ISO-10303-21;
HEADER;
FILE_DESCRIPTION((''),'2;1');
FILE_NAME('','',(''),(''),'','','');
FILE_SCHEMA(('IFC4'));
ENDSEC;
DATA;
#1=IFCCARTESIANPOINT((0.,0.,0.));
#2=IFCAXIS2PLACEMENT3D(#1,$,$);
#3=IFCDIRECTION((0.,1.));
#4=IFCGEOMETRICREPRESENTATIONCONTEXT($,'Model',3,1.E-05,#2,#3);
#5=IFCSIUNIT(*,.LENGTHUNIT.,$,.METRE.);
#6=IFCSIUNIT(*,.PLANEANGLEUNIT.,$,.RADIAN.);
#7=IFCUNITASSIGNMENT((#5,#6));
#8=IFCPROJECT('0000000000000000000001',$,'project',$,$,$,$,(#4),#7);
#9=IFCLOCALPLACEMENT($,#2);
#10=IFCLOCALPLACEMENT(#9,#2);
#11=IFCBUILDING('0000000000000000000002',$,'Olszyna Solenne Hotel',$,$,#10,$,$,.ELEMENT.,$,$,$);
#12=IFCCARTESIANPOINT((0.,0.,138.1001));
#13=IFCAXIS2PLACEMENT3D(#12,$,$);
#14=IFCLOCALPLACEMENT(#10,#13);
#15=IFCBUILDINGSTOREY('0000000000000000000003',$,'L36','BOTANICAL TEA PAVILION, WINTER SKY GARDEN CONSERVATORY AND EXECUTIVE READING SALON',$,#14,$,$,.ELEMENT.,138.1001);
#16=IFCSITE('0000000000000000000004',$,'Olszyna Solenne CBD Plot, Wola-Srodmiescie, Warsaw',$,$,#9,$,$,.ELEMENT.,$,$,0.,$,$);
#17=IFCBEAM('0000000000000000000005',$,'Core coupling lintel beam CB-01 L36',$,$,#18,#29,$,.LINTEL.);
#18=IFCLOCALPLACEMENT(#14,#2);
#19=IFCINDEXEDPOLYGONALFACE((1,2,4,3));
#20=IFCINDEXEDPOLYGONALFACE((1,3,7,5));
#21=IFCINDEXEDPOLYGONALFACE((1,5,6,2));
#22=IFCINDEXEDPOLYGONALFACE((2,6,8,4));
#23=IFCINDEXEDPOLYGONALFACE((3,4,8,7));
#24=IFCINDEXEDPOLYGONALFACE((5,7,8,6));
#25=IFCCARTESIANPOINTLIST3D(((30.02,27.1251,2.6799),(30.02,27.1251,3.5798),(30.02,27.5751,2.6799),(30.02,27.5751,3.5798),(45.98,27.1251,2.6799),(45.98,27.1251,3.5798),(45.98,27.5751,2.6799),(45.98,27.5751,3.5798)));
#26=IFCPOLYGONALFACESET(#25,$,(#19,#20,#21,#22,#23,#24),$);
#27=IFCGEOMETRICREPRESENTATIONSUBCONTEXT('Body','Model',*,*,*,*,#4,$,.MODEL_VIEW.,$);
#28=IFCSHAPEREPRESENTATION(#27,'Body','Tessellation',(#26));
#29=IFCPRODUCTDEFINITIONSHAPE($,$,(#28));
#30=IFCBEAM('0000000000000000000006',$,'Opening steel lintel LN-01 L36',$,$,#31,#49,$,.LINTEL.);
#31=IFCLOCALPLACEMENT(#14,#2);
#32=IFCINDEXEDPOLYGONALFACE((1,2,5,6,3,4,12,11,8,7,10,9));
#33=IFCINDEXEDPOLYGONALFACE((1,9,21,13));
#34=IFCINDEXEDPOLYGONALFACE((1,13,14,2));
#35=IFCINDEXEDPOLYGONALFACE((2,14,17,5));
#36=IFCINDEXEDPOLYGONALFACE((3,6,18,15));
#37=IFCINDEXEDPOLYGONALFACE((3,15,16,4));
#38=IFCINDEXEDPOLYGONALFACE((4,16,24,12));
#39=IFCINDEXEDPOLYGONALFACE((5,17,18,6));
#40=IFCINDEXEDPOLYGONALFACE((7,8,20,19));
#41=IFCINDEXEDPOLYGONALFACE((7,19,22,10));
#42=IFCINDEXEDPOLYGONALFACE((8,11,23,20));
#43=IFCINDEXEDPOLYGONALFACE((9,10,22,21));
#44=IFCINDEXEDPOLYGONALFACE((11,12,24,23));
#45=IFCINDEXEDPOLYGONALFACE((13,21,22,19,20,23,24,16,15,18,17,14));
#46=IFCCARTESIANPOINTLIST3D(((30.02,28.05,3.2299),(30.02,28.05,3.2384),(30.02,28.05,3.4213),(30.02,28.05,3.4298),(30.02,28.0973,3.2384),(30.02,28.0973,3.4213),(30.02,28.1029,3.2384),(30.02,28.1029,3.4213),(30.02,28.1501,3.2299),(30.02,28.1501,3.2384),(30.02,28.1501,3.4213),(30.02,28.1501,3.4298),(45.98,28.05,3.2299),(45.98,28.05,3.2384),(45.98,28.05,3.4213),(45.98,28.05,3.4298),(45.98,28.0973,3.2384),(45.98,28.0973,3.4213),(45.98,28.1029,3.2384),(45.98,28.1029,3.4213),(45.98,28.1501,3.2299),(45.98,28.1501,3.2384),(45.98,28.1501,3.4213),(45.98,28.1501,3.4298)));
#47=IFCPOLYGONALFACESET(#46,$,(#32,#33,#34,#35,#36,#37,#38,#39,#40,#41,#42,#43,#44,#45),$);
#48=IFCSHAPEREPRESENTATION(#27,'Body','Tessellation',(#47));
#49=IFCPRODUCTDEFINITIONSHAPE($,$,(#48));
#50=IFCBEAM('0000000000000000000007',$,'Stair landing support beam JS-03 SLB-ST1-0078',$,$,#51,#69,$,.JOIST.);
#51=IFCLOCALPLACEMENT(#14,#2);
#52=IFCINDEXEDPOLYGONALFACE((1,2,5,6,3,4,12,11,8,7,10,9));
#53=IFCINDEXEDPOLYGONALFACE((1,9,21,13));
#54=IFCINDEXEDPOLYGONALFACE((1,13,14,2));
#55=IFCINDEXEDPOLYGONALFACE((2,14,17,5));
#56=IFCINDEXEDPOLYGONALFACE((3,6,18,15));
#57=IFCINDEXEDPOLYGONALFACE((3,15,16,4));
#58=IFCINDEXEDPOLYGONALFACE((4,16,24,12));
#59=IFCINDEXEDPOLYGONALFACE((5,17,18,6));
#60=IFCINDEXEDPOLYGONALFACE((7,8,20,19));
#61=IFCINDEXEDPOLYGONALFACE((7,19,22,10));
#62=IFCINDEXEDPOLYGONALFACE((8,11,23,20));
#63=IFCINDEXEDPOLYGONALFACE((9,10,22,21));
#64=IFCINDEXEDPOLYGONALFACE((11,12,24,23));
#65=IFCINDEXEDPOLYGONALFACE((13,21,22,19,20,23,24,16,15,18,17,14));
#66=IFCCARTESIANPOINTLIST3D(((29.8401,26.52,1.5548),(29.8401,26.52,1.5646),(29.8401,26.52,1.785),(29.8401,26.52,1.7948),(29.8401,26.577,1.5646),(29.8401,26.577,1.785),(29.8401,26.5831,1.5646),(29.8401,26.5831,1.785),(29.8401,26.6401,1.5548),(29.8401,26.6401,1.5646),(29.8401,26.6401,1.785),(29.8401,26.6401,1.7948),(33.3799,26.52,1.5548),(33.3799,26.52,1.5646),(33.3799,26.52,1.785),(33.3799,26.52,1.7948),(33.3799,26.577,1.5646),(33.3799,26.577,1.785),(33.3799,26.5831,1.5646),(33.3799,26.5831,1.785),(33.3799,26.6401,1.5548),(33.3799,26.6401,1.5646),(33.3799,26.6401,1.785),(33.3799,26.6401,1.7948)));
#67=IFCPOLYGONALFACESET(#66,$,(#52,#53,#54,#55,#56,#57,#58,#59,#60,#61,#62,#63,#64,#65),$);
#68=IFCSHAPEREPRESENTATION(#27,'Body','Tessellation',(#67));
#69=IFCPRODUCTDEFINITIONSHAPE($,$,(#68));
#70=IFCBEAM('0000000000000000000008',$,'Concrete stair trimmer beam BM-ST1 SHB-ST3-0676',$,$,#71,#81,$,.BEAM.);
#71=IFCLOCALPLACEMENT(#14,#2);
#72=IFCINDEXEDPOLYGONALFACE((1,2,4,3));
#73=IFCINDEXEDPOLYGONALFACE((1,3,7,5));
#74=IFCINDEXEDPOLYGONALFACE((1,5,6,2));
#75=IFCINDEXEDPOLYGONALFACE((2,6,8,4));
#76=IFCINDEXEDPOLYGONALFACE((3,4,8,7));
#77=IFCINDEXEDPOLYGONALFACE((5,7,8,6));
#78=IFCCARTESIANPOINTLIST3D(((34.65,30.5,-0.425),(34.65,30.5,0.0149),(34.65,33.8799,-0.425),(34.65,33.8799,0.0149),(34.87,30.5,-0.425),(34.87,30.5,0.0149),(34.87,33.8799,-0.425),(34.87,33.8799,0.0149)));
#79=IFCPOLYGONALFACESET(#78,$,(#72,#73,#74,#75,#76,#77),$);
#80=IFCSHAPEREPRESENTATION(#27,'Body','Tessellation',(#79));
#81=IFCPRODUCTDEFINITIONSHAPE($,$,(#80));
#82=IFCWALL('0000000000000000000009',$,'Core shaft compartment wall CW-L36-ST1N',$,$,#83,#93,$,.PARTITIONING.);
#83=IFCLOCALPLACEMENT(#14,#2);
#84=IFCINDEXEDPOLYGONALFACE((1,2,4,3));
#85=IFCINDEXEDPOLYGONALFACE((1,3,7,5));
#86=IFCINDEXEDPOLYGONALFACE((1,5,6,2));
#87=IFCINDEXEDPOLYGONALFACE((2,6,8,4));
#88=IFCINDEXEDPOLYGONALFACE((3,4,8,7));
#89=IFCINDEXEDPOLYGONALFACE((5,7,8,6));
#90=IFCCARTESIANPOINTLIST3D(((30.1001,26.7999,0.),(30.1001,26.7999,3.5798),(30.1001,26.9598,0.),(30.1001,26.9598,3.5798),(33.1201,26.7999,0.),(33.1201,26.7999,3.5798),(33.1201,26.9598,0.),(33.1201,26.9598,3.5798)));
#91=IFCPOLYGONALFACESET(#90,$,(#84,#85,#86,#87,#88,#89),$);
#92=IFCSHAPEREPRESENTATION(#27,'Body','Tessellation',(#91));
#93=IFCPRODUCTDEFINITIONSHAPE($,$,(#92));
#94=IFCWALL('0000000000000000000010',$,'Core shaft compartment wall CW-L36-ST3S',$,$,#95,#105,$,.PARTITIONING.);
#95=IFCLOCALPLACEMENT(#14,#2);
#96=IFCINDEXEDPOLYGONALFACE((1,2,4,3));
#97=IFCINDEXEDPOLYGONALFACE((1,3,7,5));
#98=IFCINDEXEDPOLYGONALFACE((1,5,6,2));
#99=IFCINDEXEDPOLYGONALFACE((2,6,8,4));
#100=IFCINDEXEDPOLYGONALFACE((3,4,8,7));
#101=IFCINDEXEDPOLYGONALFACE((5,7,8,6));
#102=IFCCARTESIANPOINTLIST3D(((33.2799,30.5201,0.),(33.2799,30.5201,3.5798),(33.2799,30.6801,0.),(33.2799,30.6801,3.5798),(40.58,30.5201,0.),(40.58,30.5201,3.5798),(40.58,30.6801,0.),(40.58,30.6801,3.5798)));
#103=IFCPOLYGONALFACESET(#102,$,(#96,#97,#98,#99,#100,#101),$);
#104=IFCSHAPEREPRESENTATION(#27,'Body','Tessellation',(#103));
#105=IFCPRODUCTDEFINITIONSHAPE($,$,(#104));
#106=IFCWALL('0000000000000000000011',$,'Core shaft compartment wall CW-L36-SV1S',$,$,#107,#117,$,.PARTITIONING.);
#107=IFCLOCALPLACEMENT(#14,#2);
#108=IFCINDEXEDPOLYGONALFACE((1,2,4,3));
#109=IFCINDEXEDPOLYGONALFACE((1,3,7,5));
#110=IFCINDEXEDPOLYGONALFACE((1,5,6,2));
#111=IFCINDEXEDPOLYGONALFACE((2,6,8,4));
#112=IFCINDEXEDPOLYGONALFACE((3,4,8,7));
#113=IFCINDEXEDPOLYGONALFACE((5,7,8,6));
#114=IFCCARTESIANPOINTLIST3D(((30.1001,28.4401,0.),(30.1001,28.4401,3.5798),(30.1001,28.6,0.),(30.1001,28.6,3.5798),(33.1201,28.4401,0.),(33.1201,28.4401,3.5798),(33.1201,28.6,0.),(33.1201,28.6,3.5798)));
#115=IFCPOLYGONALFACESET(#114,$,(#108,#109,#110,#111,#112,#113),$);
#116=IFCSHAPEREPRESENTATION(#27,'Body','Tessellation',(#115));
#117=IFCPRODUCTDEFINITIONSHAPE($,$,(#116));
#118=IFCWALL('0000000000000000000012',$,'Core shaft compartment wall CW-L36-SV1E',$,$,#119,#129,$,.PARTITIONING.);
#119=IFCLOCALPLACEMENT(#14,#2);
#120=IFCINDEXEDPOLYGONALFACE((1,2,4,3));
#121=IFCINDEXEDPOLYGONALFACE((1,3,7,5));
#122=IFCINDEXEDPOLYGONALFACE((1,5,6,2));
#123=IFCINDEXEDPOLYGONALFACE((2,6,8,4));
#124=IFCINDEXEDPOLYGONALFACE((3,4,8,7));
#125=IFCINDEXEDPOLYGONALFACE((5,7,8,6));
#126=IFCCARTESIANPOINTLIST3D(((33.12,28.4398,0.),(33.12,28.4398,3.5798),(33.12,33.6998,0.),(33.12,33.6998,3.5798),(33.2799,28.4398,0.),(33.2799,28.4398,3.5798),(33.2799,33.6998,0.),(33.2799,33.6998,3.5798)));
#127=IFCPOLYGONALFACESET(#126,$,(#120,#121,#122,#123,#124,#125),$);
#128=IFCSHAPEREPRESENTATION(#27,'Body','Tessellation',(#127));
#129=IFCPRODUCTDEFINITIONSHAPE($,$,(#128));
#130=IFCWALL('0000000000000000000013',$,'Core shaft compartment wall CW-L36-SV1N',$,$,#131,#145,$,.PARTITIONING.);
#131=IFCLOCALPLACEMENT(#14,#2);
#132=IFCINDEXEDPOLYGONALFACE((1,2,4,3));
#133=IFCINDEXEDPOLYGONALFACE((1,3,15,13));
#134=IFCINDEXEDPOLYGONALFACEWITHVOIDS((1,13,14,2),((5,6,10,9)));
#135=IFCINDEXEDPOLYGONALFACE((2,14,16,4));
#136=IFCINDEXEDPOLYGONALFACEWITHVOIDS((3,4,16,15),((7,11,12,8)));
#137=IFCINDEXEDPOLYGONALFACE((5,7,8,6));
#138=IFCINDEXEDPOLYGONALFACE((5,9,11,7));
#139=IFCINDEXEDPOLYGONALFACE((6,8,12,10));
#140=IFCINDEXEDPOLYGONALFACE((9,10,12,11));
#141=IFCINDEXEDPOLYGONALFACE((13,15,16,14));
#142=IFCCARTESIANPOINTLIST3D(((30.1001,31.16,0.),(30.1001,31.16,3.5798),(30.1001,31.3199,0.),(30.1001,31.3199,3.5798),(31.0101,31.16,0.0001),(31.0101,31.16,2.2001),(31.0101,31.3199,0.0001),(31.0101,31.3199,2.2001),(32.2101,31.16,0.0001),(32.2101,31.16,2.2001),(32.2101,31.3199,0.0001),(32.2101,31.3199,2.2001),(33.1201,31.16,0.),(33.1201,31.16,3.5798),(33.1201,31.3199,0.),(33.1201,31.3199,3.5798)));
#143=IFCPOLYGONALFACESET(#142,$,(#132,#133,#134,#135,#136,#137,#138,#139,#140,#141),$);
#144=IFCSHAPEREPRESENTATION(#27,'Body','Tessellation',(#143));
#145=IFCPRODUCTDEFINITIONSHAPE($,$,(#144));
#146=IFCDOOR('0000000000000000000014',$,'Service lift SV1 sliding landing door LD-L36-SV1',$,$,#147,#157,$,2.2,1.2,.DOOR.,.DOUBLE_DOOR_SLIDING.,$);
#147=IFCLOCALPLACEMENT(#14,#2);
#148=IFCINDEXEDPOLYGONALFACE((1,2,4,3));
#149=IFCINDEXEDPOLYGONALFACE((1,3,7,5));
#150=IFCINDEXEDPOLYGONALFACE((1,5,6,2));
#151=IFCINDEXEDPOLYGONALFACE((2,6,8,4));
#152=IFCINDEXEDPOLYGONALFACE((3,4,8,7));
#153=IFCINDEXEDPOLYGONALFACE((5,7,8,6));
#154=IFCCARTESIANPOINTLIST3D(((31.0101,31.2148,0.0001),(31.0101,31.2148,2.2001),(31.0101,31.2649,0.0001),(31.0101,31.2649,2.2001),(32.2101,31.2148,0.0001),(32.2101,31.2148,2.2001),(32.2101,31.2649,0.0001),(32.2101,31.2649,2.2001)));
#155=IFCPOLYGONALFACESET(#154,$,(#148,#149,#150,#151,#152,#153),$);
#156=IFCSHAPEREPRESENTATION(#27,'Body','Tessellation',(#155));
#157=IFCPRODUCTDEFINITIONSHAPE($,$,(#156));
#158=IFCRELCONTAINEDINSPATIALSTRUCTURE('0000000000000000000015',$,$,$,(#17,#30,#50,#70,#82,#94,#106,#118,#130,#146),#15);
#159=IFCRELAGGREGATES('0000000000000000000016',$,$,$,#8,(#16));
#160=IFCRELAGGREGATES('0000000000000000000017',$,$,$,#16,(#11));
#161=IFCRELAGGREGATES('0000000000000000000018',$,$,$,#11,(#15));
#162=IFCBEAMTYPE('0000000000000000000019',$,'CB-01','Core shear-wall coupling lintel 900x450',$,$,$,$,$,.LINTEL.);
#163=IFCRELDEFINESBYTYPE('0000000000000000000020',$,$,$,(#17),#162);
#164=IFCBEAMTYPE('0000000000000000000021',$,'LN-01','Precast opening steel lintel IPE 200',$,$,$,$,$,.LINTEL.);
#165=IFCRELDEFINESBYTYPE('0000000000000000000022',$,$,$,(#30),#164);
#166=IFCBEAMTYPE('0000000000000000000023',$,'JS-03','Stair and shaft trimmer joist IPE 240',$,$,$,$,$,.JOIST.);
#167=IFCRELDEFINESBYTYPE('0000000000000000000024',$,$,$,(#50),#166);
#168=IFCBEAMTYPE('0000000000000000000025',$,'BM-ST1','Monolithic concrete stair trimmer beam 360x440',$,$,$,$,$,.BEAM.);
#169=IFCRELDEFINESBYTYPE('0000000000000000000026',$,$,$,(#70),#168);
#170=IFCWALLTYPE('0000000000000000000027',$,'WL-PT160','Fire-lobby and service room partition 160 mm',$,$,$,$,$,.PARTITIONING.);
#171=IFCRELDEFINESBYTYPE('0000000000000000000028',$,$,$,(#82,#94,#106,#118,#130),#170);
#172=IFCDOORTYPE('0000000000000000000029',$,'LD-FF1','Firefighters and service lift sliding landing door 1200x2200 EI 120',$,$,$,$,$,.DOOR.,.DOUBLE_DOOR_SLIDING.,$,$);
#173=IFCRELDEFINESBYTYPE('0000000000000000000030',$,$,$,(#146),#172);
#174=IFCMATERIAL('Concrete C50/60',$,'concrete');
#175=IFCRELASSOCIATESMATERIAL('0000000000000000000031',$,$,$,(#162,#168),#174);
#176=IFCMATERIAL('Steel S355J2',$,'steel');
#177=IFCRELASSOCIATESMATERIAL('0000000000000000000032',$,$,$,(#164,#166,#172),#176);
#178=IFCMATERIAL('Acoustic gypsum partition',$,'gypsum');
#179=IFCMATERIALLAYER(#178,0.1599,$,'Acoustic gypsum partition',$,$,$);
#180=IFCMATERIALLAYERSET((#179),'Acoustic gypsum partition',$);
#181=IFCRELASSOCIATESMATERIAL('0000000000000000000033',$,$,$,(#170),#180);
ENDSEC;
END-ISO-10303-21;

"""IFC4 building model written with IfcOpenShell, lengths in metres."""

from ifc_helpers import new_model, si_unit, direction, frame, frame_2d, origin, origin_2d, place, context, subcontext, project, spatial, rectangle, i_section, extrude, source, transform, mapped, material, layer, layer_set, material_profile, profile_set, type_object, type_shapes, element, fill, save


model = new_model("IFC4")

# Units and contexts
model_context = context("Model", 3, precision=1e-05, world=origin(), true_north=direction((0.0, 1.0)))
body_context = subcontext(model_context, "Body", "Model", "MODEL_VIEW")
ifc_project = project(units=[si_unit("LENGTHUNIT", "METRE"), si_unit("PLANEANGLEUNIT", "RADIAN")], contexts=[model_context])

# Site, building, storey
site_placement = place(None, origin())
site = spatial("IfcSite", under=ifc_project, at=site_placement, Name="Olszyna Solenne CBD Plot, Wola-Srodmiescie, Warsaw", CompositionType="ELEMENT", RefElevation=0.0)
building_placement = place(site_placement, origin())
building = spatial("IfcBuilding", under=site, at=building_placement, Name="Olszyna Solenne Hotel", CompositionType="ELEMENT")
storey_placement = place(building_placement, frame((0.0, 0.0, 138.1001)))
storey = spatial("IfcBuildingStorey", under=building, at=storey_placement, Name="L36", Description="BOTANICAL TEA PAVILION, WINTER SKY GARDEN CONSERVATORY AND EXECUTIVE READING SALON", CompositionType="ELEMENT", Elevation=138.1001)

# Beams
ifc_material_1 = material(Name="Concrete C50/60", Category="concrete")
ifc_material_profile_1 = material_profile(ifc_material_1, rectangle(XDim=0.45, YDim=0.8999, at=origin_2d()), Name="RC 900x450", Category="load-bearing")
ifc_profile_set_1 = profile_set([ifc_material_profile_1], Name="Concrete C50/60")
beam_type_1 = type_object("IfcBeamType", Name="CB-01", Description="Core shear-wall coupling lintel 900x450", PredefinedType="LINTEL", material=ifc_profile_set_1)
shared_shape_1 = source(origin(), body_context, "Body", "SweptSolid", [
    extrude(rectangle(XDim=0.45, YDim=0.8999, at=origin_2d()), origin(), (0.0, 0.0, 1.0), 15.96),
])
beam_1_placement = place(storey_placement, frame((30.02, 27.3501, 3.1299), z_axis=(1.0, 0.0, 0.0), x_axis=(0.0, 1.0, 0.0)))
element("IfcBeam", 1, at=beam_1_placement, inside=storey, type_object=beam_type_1, Name="Core coupling lintel beam CB-01 L36", PredefinedType="LINTEL", context=body_context, shape_type="MappedRepresentation", body=[
    mapped(shared_shape_1, transform((0.0, 0.0, 0.0), x_axis=(1.0, 0.0, 0.0), y_axis=(0.0, 1.0, 0.0), z_axis=(0.0, 0.0, 1.0), scale=1.0)),
])
ifc_material_2 = material(Name="Steel S355J2", Category="steel")
ifc_material_profile_2 = material_profile(ifc_material_2, i_section(OverallWidth=0.1001, OverallDepth=0.2, WebThickness=0.0056, FlangeThickness=0.0085, at=origin_2d()), Name="IPE 200", Category="load-bearing")
ifc_profile_set_2 = profile_set([ifc_material_profile_2], Name="Steel S355J2")
beam_type_2 = type_object("IfcBeamType", Name="LN-01", Description="Precast opening steel lintel IPE 200", PredefinedType="LINTEL", material=ifc_profile_set_2)
shared_shape_2 = source(origin(), body_context, "Body", "SweptSolid", [
    extrude(i_section(OverallWidth=0.1001, OverallDepth=0.2, WebThickness=0.0056, FlangeThickness=0.0085, at=origin_2d()), origin(), (0.0, 0.0, 1.0), 15.96),
])
beam_2_placement = place(storey_placement, frame((30.02, 28.1001, 3.3298), z_axis=(1.0, 0.0, 0.0), x_axis=(0.0, 1.0, 0.0)))
element("IfcBeam", 2, at=beam_2_placement, inside=storey, type_object=beam_type_2, Name="Opening steel lintel LN-01 L36", PredefinedType="LINTEL", context=body_context, shape_type="MappedRepresentation", body=[
    mapped(shared_shape_2, transform((0.0, 0.0, 0.0), x_axis=(1.0, 0.0, 0.0), y_axis=(0.0, 1.0, 0.0), z_axis=(0.0, 0.0, 1.0), scale=1.0)),
])
ifc_material_profile_3 = material_profile(ifc_material_2, i_section(OverallWidth=0.1201, OverallDepth=0.24, WebThickness=0.0061, FlangeThickness=0.0098, at=origin_2d()), Name="IPE 240", Category="load-bearing")
ifc_profile_set_3 = profile_set([ifc_material_profile_3], Name="Steel S355J2")
beam_type_3 = type_object("IfcBeamType", Name="JS-03", Description="Stair and shaft trimmer joist IPE 240", PredefinedType="JOIST", material=ifc_profile_set_3)
shared_shape_3 = source(origin(), body_context, "Body", "SweptSolid", [
    extrude(i_section(OverallWidth=0.1201, OverallDepth=0.24, WebThickness=0.0061, FlangeThickness=0.0098, at=origin_2d()), origin(), (0.0, 0.0, 1.0), 3.5398),
])
beam_3_placement = place(storey_placement, frame((33.3799, 26.5801, 1.6748), z_axis=(-1.0, 0.0, 0.0), x_axis=(0.0, -1.0, 0.0)))
element("IfcBeam", 3, at=beam_3_placement, inside=storey, type_object=beam_type_3, Name="Stair landing support beam JS-03 SLB-ST1-0078", PredefinedType="JOIST", context=body_context, shape_type="MappedRepresentation", body=[
    mapped(shared_shape_3, transform((0.0, 0.0, 0.0), x_axis=(1.0, 0.0, 0.0), y_axis=(0.0, 1.0, 0.0), z_axis=(0.0, 0.0, 1.0), scale=1.0)),
])
ifc_material_profile_4 = material_profile(ifc_material_1, rectangle(XDim=0.22, YDim=0.4399, at=origin_2d()), Name="RC 220x440", Category="load-bearing")
ifc_profile_set_4 = profile_set([ifc_material_profile_4], Name="Concrete C50/60")
beam_type_4 = type_object("IfcBeamType", Name="BM-ST1", Description="Monolithic concrete stair trimmer beam 360x440", PredefinedType="BEAM", material=ifc_profile_set_4)
shared_shape_4 = source(origin(), body_context, "Body", "SweptSolid", [
    extrude(rectangle(XDim=0.22, YDim=0.4399, at=origin_2d()), origin(), (0.0, 0.0, 1.0), 3.3799),
])
beam_4_placement = place(storey_placement, frame((34.76, 30.5, -0.2051), z_axis=(0.0, 1.0, 0.0), x_axis=(-1.0, 0.0, 0.0)))
element("IfcBeam", 4, at=beam_4_placement, inside=storey, type_object=beam_type_4, Name="Concrete stair trimmer beam BM-ST1 SHB-ST3-0676", PredefinedType="BEAM", context=body_context, shape_type="MappedRepresentation", body=[
    mapped(shared_shape_4, transform((0.0, 0.0, 0.0), x_axis=(1.0, 0.0, 0.0), y_axis=(0.0, 1.0, 0.0), z_axis=(0.0, 0.0, 1.0), scale=1.0)),
])

# Walls
ifc_material_3 = material(Name="Acoustic gypsum partition", Category="gypsum")
ifc_layer = layer(ifc_material_3, 0.1599, Name="Acoustic gypsum partition")
ifc_layer_set = layer_set([ifc_layer], Name="Acoustic gypsum partition")
wall_type = type_object("IfcWallType", Name="WL-PT160", Description="Fire-lobby and service room partition 160 mm", PredefinedType="PARTITIONING", material=ifc_layer_set)
wall_1_placement = place(storey_placement, frame((30.1001, 26.8799, 0.0), z_axis=(0.0, 0.0, 1.0), x_axis=(1.0, 0.0, 0.0)))
element("IfcWall", 5, at=wall_1_placement, inside=storey, type_object=wall_type, Name="Core shaft compartment wall CW-L36-ST1N", PredefinedType="PARTITIONING", context=body_context, shape_type="SweptSolid", body=[
    extrude(rectangle(XDim=3.02, YDim=0.1599, at=frame_2d((1.51, 0.0))), origin(), (0.0, 0.0, 1.0), 3.5798),
])
wall_2_placement = place(storey_placement, frame((33.28, 30.6001, 0.0), z_axis=(0.0, 0.0, 1.0), x_axis=(1.0, 0.0, 0.0)))
element("IfcWall", 6, at=wall_2_placement, inside=storey, type_object=wall_type, Name="Core shaft compartment wall CW-L36-ST3S", PredefinedType="PARTITIONING", context=body_context, shape_type="SweptSolid", body=[
    extrude(rectangle(XDim=7.3, YDim=0.1599, at=frame_2d((3.6499, 0.0))), origin(), (0.0, 0.0, 1.0), 3.5798),
])
wall_3_placement = place(storey_placement, frame((30.1001, 28.52, 0.0), z_axis=(0.0, 0.0, 1.0), x_axis=(1.0, 0.0, 0.0)))
element("IfcWall", 7, at=wall_3_placement, inside=storey, type_object=wall_type, Name="Core shaft compartment wall CW-L36-SV1S", PredefinedType="PARTITIONING", context=body_context, shape_type="SweptSolid", body=[
    extrude(rectangle(XDim=3.02, YDim=0.1599, at=frame_2d((1.51, 0.0))), origin(), (0.0, 0.0, 1.0), 3.5798),
])
wall_4_placement = place(storey_placement, frame((33.2, 28.4399, 0.0), z_axis=(0.0, 0.0, 1.0), x_axis=(0.0, 1.0, 0.0)))
element("IfcWall", 8, at=wall_4_placement, inside=storey, type_object=wall_type, Name="Core shaft compartment wall CW-L36-SV1E", PredefinedType="PARTITIONING", context=body_context, shape_type="SweptSolid", body=[
    extrude(rectangle(XDim=5.26, YDim=0.1599, at=frame_2d((2.6299, 0.0))), origin(), (0.0, 0.0, 1.0), 3.5798),
])

# Wall, opening, door
wall_5_placement = place(storey_placement, frame((30.1001, 31.24, 0.0), z_axis=(0.0, 0.0, 1.0), x_axis=(1.0, 0.0, 0.0)))
wall_5 = element("IfcWall", 9, at=wall_5_placement, inside=storey, type_object=wall_type, Name="Core shaft compartment wall CW-L36-SV1N", PredefinedType="PARTITIONING", context=body_context, shape_type="SweptSolid", body=[
    extrude(rectangle(XDim=3.02, YDim=0.1599, at=frame_2d((1.51, 0.0))), origin(), (0.0, 0.0, 1.0), 3.5798),
])
opening_1_placement = place(wall_5_placement, frame((0.9099, 0.0, 0.0)))
opening_1 = element("IfcOpeningElement", 10, at=opening_1_placement, cuts=wall_5, PredefinedType="OPENING", context=body_context, shape_type="SweptSolid", body=[
    extrude(rectangle(XDim=1.2, YDim=2.2, at=frame_2d((0.6001, 1.1001))), frame((0.0, 0.0898, 0.0), z_axis=(0.0, -1.0, 0.0), x_axis=(1.0, 0.0, 0.0)), (0.0, 0.0, 1.0), 0.1799),
])
door_type_1 = type_object("IfcDoorType", Name="LD-FF1", Description="Firefighters and service lift sliding landing door 1200x2200 EI 120", OperationType="DOUBLE_DOOR_SLIDING", PredefinedType="DOOR", material=ifc_material_2)
shared_shape_5 = source(origin(), body_context, "Body", "SweptSolid", [
    extrude(rectangle(XDim=1.2, YDim=2.2, at=frame_2d((0.6001, 1.1001))), frame((0.0, 0.0249, 0.0), z_axis=(0.0, -1.0, 0.0), x_axis=(1.0, 0.0, 0.0)), (0.0, 0.0, 1.0), 0.05),
])
type_shapes(door_type_1, [shared_shape_5])
door_1_placement = place(opening_1_placement, origin())
door_1 = element("IfcDoor", 11, at=door_1_placement, inside=storey, type_object=door_type_1, Name="Service lift SV1 sliding landing door LD-L36-SV1", OperationType="DOUBLE_DOOR_SLIDING", OverallHeight=2.2, OverallWidth=1.2, PredefinedType="DOOR", context=body_context, shape_type="MappedRepresentation", body=[
    mapped(shared_shape_5, transform((0.0, 0.0, 0.0), x_axis=(1.0, 0.0, 0.0), y_axis=(0.0, 1.0, 0.0), z_axis=(0.0, 0.0, 1.0), scale=1.0)),
])
fill(opening_1, door_1)

save(model, "model.ifc")
